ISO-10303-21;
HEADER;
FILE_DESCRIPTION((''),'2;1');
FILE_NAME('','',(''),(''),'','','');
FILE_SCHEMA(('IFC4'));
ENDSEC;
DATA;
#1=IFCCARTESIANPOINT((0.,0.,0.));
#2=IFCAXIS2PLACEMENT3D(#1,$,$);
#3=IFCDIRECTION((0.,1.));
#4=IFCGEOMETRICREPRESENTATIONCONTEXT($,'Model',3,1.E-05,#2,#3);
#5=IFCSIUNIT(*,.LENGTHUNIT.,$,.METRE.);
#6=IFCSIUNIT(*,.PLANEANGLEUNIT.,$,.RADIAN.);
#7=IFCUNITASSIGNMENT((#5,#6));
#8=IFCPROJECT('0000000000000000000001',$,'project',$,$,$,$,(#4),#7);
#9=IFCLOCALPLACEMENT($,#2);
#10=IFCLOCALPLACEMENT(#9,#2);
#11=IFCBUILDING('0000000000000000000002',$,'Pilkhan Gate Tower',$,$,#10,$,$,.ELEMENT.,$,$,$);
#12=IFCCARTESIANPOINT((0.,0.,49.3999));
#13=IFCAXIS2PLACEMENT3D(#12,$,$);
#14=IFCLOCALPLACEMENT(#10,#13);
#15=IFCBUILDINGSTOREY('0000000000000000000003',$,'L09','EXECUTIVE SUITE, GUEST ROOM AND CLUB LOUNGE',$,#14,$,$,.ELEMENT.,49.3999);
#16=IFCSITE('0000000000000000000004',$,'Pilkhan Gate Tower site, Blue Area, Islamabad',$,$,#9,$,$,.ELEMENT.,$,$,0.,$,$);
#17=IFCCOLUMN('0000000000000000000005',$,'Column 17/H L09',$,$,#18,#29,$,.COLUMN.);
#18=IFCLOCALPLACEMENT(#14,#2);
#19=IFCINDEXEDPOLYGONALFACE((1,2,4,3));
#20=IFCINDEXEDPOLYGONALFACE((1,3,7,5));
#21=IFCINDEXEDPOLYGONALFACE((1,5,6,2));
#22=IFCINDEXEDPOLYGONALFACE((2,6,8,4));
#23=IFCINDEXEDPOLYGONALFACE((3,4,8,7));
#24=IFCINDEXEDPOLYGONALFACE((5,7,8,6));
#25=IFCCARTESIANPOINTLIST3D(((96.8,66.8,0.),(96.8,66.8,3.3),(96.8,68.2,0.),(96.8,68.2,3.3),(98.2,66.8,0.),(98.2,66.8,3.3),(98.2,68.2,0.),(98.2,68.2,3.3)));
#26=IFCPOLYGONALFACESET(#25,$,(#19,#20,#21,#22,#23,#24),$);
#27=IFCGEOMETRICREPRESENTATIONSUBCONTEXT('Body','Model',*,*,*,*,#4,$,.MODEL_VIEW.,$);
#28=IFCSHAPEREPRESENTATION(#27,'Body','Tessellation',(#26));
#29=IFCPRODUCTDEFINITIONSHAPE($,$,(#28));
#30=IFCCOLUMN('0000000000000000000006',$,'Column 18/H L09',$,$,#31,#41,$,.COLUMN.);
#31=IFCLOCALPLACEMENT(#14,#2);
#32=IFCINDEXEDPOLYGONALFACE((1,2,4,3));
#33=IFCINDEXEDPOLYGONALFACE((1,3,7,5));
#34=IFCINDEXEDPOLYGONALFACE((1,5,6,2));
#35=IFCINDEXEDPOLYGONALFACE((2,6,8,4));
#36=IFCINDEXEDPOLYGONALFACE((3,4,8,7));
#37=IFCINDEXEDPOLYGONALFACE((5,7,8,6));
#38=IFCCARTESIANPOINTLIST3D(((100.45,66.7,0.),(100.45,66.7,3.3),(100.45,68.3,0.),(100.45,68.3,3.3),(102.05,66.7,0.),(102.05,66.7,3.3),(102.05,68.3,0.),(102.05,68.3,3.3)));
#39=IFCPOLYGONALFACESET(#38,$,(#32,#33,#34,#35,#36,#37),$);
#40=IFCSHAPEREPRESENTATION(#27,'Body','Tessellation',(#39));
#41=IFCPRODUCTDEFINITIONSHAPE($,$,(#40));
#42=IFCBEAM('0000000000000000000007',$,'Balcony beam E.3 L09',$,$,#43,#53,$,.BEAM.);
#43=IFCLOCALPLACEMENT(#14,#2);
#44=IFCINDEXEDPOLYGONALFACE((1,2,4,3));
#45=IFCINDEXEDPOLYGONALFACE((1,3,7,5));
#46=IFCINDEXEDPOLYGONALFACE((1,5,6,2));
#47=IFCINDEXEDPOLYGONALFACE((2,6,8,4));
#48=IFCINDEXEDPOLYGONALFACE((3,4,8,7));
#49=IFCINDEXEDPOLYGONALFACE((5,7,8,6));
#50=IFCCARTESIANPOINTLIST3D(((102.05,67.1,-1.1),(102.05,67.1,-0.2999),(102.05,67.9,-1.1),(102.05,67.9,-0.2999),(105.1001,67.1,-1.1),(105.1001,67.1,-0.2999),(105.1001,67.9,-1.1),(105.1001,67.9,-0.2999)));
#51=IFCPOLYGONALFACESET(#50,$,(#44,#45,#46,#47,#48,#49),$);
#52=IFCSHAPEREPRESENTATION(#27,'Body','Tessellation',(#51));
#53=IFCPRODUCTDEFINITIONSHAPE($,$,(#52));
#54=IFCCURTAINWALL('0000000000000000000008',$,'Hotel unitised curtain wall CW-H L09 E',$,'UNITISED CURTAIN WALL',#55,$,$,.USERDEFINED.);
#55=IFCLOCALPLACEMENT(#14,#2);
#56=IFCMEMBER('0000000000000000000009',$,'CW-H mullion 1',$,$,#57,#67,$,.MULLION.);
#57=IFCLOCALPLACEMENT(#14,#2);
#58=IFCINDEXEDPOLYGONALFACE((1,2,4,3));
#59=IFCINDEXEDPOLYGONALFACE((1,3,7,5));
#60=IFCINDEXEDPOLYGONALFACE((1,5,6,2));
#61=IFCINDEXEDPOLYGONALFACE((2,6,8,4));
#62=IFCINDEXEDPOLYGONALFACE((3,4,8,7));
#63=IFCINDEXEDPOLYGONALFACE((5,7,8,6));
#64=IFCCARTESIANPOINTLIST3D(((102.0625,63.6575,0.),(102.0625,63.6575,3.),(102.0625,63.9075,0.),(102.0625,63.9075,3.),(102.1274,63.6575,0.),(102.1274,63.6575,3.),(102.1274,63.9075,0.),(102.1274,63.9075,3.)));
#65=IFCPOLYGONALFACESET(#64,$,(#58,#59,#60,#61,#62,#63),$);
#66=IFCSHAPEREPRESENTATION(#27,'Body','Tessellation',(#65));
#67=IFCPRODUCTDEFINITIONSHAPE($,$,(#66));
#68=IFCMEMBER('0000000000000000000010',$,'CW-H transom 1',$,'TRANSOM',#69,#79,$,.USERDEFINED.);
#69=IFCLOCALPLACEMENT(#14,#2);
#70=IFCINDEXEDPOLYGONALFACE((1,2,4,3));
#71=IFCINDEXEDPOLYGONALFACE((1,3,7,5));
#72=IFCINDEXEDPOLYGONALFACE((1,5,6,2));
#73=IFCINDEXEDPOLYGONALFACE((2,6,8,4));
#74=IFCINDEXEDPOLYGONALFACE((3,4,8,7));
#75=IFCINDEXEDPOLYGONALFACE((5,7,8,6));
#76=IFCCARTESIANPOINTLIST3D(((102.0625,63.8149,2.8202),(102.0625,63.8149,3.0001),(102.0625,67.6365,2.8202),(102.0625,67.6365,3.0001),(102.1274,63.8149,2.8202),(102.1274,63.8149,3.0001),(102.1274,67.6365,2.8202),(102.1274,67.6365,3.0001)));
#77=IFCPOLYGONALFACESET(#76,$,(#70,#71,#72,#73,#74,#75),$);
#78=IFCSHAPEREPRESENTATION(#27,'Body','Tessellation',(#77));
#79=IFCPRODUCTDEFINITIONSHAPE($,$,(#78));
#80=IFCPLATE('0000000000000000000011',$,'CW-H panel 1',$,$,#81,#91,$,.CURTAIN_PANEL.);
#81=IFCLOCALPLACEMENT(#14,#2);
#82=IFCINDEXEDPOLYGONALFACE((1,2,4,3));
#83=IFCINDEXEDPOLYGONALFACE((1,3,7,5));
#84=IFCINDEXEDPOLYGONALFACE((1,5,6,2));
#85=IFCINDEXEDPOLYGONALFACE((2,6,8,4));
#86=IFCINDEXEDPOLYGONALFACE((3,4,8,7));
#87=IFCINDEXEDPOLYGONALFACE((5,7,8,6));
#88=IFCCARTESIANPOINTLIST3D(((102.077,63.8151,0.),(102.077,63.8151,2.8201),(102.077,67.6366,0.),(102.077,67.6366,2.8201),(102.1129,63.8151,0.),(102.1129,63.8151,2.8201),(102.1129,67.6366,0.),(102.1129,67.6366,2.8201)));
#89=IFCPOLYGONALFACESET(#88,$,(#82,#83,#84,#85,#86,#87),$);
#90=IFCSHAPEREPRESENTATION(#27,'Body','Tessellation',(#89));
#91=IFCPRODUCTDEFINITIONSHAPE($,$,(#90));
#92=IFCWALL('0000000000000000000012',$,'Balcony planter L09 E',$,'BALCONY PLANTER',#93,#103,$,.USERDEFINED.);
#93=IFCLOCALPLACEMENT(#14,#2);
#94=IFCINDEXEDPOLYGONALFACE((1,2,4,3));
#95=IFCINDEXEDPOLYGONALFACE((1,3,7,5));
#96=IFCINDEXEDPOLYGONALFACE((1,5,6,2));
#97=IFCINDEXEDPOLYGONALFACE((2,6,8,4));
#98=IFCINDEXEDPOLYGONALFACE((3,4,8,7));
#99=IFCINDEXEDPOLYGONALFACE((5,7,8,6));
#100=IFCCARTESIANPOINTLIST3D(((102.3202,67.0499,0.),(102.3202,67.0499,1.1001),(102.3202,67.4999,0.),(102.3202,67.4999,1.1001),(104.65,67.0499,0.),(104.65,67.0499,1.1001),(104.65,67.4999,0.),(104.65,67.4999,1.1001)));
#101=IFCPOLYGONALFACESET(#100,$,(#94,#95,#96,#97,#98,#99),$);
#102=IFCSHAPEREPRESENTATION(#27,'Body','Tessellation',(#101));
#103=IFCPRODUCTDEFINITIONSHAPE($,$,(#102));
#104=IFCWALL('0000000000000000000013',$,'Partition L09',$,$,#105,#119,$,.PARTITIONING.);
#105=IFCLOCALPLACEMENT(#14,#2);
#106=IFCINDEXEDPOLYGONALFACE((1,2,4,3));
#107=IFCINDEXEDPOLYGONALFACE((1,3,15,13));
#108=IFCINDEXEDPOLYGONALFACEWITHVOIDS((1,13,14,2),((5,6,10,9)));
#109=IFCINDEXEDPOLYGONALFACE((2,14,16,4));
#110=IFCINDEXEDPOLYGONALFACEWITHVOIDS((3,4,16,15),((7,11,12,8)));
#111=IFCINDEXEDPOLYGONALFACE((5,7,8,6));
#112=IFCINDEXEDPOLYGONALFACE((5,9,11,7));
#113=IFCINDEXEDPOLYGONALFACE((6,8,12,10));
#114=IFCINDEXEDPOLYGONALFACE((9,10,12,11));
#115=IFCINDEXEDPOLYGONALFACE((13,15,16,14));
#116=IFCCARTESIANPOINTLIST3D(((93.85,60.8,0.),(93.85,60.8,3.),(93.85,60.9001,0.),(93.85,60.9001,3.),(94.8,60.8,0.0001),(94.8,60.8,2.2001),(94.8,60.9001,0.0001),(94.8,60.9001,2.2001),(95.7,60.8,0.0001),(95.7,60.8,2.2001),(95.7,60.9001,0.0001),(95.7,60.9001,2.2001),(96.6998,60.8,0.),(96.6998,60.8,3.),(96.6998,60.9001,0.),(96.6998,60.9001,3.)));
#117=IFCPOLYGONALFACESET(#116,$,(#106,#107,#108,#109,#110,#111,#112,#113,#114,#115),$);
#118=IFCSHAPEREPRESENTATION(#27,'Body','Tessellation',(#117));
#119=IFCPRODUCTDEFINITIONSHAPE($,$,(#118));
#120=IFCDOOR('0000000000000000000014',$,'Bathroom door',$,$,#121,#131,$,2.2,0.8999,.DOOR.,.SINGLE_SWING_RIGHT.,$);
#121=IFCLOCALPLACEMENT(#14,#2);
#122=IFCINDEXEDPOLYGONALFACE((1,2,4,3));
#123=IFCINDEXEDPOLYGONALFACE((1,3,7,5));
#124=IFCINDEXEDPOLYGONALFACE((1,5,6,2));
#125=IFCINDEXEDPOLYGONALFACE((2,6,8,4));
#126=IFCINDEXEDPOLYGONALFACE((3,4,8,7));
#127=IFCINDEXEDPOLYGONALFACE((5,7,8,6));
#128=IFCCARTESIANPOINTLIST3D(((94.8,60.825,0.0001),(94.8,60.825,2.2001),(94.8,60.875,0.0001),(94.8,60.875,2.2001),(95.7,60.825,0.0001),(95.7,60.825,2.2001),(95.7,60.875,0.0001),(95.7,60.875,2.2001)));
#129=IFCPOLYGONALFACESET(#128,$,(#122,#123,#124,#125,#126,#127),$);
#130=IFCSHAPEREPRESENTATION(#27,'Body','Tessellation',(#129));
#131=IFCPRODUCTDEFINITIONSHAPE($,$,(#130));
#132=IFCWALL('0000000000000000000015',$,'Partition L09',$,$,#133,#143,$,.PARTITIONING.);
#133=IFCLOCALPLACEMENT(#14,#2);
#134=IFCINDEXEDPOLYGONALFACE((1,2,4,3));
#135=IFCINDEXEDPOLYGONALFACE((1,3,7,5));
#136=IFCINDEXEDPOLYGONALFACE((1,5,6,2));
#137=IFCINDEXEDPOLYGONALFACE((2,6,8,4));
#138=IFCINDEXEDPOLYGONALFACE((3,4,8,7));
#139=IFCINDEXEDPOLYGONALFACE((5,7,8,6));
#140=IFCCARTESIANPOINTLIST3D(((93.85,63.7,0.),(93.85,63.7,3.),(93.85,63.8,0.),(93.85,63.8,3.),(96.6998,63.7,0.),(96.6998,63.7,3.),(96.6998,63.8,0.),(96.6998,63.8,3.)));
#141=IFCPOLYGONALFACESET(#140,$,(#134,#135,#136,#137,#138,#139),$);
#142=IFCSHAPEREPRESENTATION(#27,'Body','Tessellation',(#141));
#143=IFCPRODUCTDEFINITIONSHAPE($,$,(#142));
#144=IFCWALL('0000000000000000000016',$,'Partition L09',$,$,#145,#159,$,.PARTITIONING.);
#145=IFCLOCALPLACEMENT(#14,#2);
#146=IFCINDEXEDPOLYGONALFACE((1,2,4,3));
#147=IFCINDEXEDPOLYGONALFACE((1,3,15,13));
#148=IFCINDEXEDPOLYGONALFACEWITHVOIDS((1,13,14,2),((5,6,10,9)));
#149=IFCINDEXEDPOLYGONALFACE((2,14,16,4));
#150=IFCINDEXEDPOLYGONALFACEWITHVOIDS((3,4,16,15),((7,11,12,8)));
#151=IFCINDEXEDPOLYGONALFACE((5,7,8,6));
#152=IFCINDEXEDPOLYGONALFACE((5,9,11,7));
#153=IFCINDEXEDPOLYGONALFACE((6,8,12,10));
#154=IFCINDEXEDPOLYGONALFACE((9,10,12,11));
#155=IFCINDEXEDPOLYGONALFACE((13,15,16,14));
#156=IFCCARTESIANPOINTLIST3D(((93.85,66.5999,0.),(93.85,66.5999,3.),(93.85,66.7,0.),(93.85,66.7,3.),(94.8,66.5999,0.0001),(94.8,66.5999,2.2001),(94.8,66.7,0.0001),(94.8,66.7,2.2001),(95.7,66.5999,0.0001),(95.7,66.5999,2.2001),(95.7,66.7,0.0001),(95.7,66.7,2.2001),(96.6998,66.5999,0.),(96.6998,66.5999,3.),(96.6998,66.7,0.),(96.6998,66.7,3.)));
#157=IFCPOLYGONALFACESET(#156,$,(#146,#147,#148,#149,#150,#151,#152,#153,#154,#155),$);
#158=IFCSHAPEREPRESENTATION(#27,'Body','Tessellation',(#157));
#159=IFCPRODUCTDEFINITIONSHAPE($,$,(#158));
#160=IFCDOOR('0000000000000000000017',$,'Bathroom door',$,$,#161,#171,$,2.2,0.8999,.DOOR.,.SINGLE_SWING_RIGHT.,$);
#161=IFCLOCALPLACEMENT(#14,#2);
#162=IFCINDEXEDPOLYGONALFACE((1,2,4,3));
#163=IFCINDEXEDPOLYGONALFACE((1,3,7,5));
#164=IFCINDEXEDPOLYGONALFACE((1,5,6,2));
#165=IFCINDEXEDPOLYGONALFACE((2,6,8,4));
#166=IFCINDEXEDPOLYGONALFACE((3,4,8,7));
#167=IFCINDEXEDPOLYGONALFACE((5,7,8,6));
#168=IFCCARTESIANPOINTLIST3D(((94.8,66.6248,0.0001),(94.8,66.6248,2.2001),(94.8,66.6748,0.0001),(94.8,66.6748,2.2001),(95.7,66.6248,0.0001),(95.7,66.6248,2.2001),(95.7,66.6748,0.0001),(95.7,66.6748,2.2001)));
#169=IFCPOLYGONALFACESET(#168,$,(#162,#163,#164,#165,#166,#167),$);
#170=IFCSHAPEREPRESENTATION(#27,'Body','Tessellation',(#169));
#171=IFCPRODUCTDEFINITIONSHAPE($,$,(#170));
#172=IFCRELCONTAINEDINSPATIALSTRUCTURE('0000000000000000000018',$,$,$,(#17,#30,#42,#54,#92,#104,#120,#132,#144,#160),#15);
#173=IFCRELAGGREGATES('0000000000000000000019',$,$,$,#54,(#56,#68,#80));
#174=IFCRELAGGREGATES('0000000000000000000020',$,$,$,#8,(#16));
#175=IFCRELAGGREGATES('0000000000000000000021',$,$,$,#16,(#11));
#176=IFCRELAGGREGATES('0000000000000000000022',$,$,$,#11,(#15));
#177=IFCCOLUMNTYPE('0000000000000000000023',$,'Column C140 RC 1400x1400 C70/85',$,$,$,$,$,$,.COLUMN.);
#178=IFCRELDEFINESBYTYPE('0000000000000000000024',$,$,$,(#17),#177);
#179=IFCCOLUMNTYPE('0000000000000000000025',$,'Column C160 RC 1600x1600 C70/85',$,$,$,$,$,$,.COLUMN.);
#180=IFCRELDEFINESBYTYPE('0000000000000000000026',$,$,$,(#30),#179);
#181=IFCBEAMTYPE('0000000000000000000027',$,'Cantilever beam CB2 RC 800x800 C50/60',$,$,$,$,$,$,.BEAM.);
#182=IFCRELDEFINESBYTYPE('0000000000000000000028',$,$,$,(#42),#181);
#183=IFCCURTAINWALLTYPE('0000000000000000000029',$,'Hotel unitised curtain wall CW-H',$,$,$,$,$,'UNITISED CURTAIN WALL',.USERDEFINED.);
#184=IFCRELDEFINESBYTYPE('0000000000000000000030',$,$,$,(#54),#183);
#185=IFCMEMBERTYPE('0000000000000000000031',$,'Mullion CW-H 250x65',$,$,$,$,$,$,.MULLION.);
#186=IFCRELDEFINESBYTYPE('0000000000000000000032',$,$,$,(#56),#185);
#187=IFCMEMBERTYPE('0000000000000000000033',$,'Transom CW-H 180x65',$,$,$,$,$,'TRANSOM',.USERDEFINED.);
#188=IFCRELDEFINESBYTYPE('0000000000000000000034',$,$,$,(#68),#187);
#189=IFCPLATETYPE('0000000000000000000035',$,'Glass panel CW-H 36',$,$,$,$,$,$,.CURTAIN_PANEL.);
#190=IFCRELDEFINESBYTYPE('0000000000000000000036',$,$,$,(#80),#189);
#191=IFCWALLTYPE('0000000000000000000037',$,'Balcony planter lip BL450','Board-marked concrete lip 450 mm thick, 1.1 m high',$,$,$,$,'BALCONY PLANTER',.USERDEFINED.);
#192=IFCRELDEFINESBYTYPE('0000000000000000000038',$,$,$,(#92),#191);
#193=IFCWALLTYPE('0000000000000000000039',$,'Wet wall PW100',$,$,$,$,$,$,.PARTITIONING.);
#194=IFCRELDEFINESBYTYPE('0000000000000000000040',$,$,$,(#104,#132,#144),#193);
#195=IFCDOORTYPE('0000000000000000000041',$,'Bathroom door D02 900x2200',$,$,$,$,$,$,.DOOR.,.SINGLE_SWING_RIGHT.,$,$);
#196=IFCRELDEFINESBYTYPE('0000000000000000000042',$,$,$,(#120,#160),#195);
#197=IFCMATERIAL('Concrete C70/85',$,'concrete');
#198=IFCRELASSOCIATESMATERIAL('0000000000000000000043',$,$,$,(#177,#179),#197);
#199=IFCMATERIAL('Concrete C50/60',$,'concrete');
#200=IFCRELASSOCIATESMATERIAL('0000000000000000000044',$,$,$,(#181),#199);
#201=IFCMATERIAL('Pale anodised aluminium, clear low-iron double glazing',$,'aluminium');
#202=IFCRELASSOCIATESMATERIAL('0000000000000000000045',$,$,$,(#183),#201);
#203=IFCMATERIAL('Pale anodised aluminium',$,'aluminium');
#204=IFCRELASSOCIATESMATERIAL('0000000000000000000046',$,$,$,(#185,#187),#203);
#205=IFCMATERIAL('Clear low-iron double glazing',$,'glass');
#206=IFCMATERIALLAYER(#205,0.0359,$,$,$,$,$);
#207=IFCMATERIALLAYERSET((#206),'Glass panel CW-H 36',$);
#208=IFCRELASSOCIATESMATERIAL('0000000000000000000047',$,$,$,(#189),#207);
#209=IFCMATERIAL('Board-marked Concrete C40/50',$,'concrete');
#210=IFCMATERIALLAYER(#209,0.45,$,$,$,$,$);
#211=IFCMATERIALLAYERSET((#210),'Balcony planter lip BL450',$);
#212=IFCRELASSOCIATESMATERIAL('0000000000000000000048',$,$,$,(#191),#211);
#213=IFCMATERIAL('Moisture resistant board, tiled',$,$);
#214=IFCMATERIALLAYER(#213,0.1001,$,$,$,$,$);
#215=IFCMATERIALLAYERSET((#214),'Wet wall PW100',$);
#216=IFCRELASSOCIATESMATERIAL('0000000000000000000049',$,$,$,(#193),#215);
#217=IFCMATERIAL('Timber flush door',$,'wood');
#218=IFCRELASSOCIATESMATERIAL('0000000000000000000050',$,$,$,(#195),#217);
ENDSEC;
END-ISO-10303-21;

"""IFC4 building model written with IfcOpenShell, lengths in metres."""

from ifc_helpers import new_model, si_unit, direction, frame, frame_2d, origin, origin_2d, place, context, subcontext, project, spatial, rectangle, extrude, material, layer, layer_set, material_profile, profile_set, type_object, element, fill, aggregate, save


model = new_model("IFC4")

# Units and contexts
model_context = context("Model", 3, precision=1e-05, world=origin(), true_north=direction((0.0, 1.0)))
body_context = subcontext(model_context, "Body", "Model", "MODEL_VIEW")
ifc_project = project(units=[si_unit("LENGTHUNIT", "METRE"), si_unit("PLANEANGLEUNIT", "RADIAN")], contexts=[model_context])

# Site, building, storey
site_placement = place(None, origin())
site = spatial("IfcSite", under=ifc_project, at=site_placement, Name="Pilkhan Gate Tower site, Blue Area, Islamabad", CompositionType="ELEMENT", RefElevation=0.0)
building_placement = place(site_placement, origin())
building = spatial("IfcBuilding", under=site, at=building_placement, Name="Pilkhan Gate Tower", CompositionType="ELEMENT")
storey_placement = place(building_placement, frame((0.0, 0.0, 49.3999)))
storey = spatial("IfcBuildingStorey", under=building, at=storey_placement, Name="L09", Description="EXECUTIVE SUITE, GUEST ROOM AND CLUB LOUNGE", CompositionType="ELEMENT", Elevation=49.3999)

# Columns
ifc_material_1 = material(Name="Concrete C70/85", Category="concrete")
ifc_material_profile_1 = material_profile(ifc_material_1, rectangle(XDim=1.3999, YDim=1.3999, at=origin_2d()), Name="RC 1400x1400")
ifc_profile_set_1 = profile_set([ifc_material_profile_1], Name="Concrete C70/85")
column_type_1 = type_object("IfcColumnType", Name="Column C140 RC 1400x1400 C70/85", PredefinedType="COLUMN", material=ifc_profile_set_1)
column_1_placement = place(storey_placement, frame((97.5, 67.5, 0.0), z_axis=(0.0, 0.0, 1.0), x_axis=(1.0, 0.0, 0.0)))
element("IfcColumn", 1, at=column_1_placement, inside=storey, type_object=column_type_1, Name="Column 17/H L09", PredefinedType="COLUMN", context=body_context, shape_type="SweptSolid", body=[
    extrude(rectangle(XDim=1.3999, YDim=1.3999, at=origin_2d()), origin(), (0.0, 0.0, 1.0), 3.3),
])
ifc_material_profile_2 = material_profile(ifc_material_1, rectangle(XDim=1.6001, YDim=1.6001, at=origin_2d()), Name="RC 1600x1600")
ifc_profile_set_2 = profile_set([ifc_material_profile_2], Name="Concrete C70/85")
column_type_2 = type_object("IfcColumnType", Name="Column C160 RC 1600x1600 C70/85", PredefinedType="COLUMN", material=ifc_profile_set_2)
column_2_placement = place(storey_placement, frame((101.25, 67.5, 0.0), z_axis=(0.0, 0.0, 1.0), x_axis=(1.0, 0.0, 0.0)))
element("IfcColumn", 2, at=column_2_placement, inside=storey, type_object=column_type_2, Name="Column 18/H L09", PredefinedType="COLUMN", context=body_context, shape_type="SweptSolid", body=[
    extrude(rectangle(XDim=1.6001, YDim=1.6001, at=origin_2d()), origin(), (0.0, 0.0, 1.0), 3.3),
])

# Beam
ifc_material_2 = material(Name="Concrete C50/60", Category="concrete")
ifc_material_profile_3 = material_profile(ifc_material_2, rectangle(XDim=0.8, YDim=0.8, at=origin_2d()), Name="RC 800x800")
ifc_profile_set_3 = profile_set([ifc_material_profile_3], Name="Concrete C50/60")
beam_type = type_object("IfcBeamType", Name="Cantilever beam CB2 RC 800x800 C50/60", PredefinedType="BEAM", material=ifc_profile_set_3)
beam_placement = place(storey_placement, frame((102.05, 67.5, -0.7), z_axis=(1.0, 0.0, 0.0), x_axis=(0.0, 1.0, 0.0)))
element("IfcBeam", 3, at=beam_placement, inside=storey, type_object=beam_type, Name="Balcony beam E.3 L09", PredefinedType="BEAM", context=body_context, shape_type="SweptSolid", body=[
    extrude(rectangle(XDim=0.8, YDim=0.8, at=origin_2d()), origin(), (0.0, 0.0, 1.0), 3.05),
])

# Curtain wall, members, plate
ifc_material_3 = material(Name="Pale anodised aluminium, clear low-iron double glazing", Category="aluminium")
curtain_wall_type = type_object("IfcCurtainWallType", Name="Hotel unitised curtain wall CW-H", ElementType="UNITISED CURTAIN WALL", PredefinedType="USERDEFINED", material=ifc_material_3)
curtain_wall_placement = place(storey_placement, origin())
curtain_wall = element("IfcCurtainWall", 4, at=curtain_wall_placement, inside=storey, type_object=curtain_wall_type, Name="Hotel unitised curtain wall CW-H L09 E", ObjectType="UNITISED CURTAIN WALL", PredefinedType="USERDEFINED")
ifc_material_4 = material(Name="Pale anodised aluminium", Category="aluminium")
ifc_material_profile_4 = material_profile(ifc_material_4, rectangle(XDim=0.0649, YDim=0.25, at=origin_2d()), Name="Mullion 250x65")
ifc_profile_set_4 = profile_set([ifc_material_profile_4], Name="Pale anodised aluminium")
member_type_1 = type_object("IfcMemberType", Name="Mullion CW-H 250x65", PredefinedType="MULLION", material=ifc_profile_set_4)
member_1_placement = place(storey_placement, frame((102.095, 63.7825, 0.0), z_axis=(0.0, 0.0, 1.0), x_axis=(-1.0, 0.0, 0.0)))
member_1 = element("IfcMember", 5, at=member_1_placement, type_object=member_type_1, Name="CW-H mullion 1", PredefinedType="MULLION", context=body_context, shape_type="SweptSolid", body=[
    extrude(rectangle(XDim=0.0649, YDim=0.25, at=origin_2d()), origin(), (0.0, 0.0, 1.0), 3.0),
])
ifc_material_profile_5 = material_profile(ifc_material_4, rectangle(XDim=0.0649, YDim=0.1799, at=origin_2d()), Name="Transom 180x65")
ifc_profile_set_5 = profile_set([ifc_material_profile_5], Name="Pale anodised aluminium")
member_type_2 = type_object("IfcMemberType", Name="Transom CW-H 180x65", ElementType="TRANSOM", PredefinedType="USERDEFINED", material=ifc_profile_set_5)
member_2_placement = place(storey_placement, frame((102.095, 63.8149, 2.9102), z_axis=(0.0, 1.0, 0.0), x_axis=(-1.0, 0.0, 0.0)))
member_2 = element("IfcMember", 6, at=member_2_placement, type_object=member_type_2, Name="CW-H transom 1", ObjectType="TRANSOM", PredefinedType="USERDEFINED", context=body_context, shape_type="SweptSolid", body=[
    extrude(rectangle(XDim=0.0649, YDim=0.1799, at=origin_2d()), origin(), (0.0, 0.0, 1.0), 3.8215),
])
ifc_material_5 = material(Name="Clear low-iron double glazing", Category="glass")
ifc_layer_1 = layer(ifc_material_5, 0.0359)
ifc_layer_set_1 = layer_set([ifc_layer_1], Name="Glass panel CW-H 36")
plate_type = type_object("IfcPlateType", Name="Glass panel CW-H 36", PredefinedType="CURTAIN_PANEL", material=ifc_layer_set_1)
plate_placement = place(storey_placement, frame((102.095, 65.7258, 0.0), z_axis=(0.0, 0.0, 1.0), x_axis=(0.0, 1.0, 0.0)))
plate = element("IfcPlate", 7, at=plate_placement, type_object=plate_type, Name="CW-H panel 1", PredefinedType="CURTAIN_PANEL", context=body_context, shape_type="SweptSolid", body=[
    extrude(rectangle(XDim=3.8215, YDim=0.0359, at=origin_2d()), origin(), (0.0, 0.0, 1.0), 2.8201),
])
aggregate(curtain_wall, [member_1, member_2, plate])

# Wall
ifc_material_6 = material(Name="Board-marked Concrete C40/50", Category="concrete")
ifc_layer_2 = layer(ifc_material_6, 0.45)
ifc_layer_set_2 = layer_set([ifc_layer_2], Name="Balcony planter lip BL450")
wall_type_1 = type_object("IfcWallType", Name="Balcony planter lip BL450", Description="Board-marked concrete lip 450 mm thick, 1.1 m high", ElementType="BALCONY PLANTER", PredefinedType="USERDEFINED", material=ifc_layer_set_2)
wall_1_placement = place(storey_placement, frame((102.3201, 67.2749, 0.0), z_axis=(0.0, 0.0, 1.0), x_axis=(1.0, 0.0, 0.0)))
element("IfcWall", 8, at=wall_1_placement, inside=storey, type_object=wall_type_1, Name="Balcony planter L09 E", ObjectType="BALCONY PLANTER", PredefinedType="USERDEFINED", context=body_context, shape_type="SweptSolid", body=[
    extrude(rectangle(XDim=2.3298, YDim=0.45, at=frame_2d((1.165, 0.0))), origin(), (0.0, 0.0, 1.0), 1.1001),
])

# Wall, opening, door
ifc_material_7 = material(Name="Moisture resistant board, tiled")
ifc_layer_3 = layer(ifc_material_7, 0.1001)
ifc_layer_set_3 = layer_set([ifc_layer_3], Name="Wet wall PW100")
wall_type_2 = type_object("IfcWallType", Name="Wet wall PW100", PredefinedType="PARTITIONING", material=ifc_layer_set_3)
wall_2_placement = place(storey_placement, frame((93.8501, 60.8501, 0.0), z_axis=(0.0, 0.0, 1.0), x_axis=(1.0, 0.0, 0.0)))
wall_2 = element("IfcWall", 9, at=wall_2_placement, inside=storey, type_object=wall_type_2, Name="Partition L09", PredefinedType="PARTITIONING", context=body_context, shape_type="SweptSolid", body=[
    extrude(rectangle(XDim=2.8499, YDim=0.1001, at=frame_2d((1.4248, 0.0))), origin(), (0.0, 0.0, 1.0), 3.0),
])
opening_1_placement = place(wall_2_placement, frame((0.95, 0.0, 0.0)))
opening_1 = element("IfcOpeningElement", 10, at=opening_1_placement, cuts=wall_2, PredefinedType="OPENING", context=body_context, shape_type="SweptSolid", body=[
    extrude(rectangle(XDim=0.8999, YDim=2.2, at=frame_2d((0.45, 1.1001))), frame((0.0, 0.0601, 0.0), z_axis=(0.0, -1.0, 0.0), x_axis=(1.0, 0.0, 0.0)), (0.0, 0.0, 1.0), 0.1201),
])
ifc_material_8 = material(Name="Timber flush door", Category="wood")
door_type = type_object("IfcDoorType", Name="Bathroom door D02 900x2200", OperationType="SINGLE_SWING_RIGHT", PredefinedType="DOOR", material=ifc_material_8)
door_1_placement = place(opening_1_placement, origin())
door_1 = element("IfcDoor", 11, at=door_1_placement, inside=storey, type_object=door_type, Name="Bathroom door", OperationType="SINGLE_SWING_RIGHT", OverallHeight=2.2, OverallWidth=0.8999, PredefinedType="DOOR", context=body_context, shape_type="SweptSolid", body=[
    extrude(rectangle(XDim=0.8999, YDim=2.2, at=frame_2d((0.45, 1.1001))), frame((0.0, 0.0249, 0.0), z_axis=(0.0, -1.0, 0.0), x_axis=(1.0, 0.0, 0.0)), (0.0, 0.0, 1.0), 0.05),
])
fill(opening_1, door_1)

# Wall
wall_3_placement = place(storey_placement, frame((93.8501, 63.75, 0.0), z_axis=(0.0, 0.0, 1.0), x_axis=(1.0, 0.0, 0.0)))
element("IfcWall", 12, at=wall_3_placement, inside=storey, type_object=wall_type_2, Name="Partition L09", PredefinedType="PARTITIONING", context=body_context, shape_type="SweptSolid", body=[
    extrude(rectangle(XDim=2.8499, YDim=0.1001, at=frame_2d((1.4248, 0.0))), origin(), (0.0, 0.0, 1.0), 3.0),
])

# Wall, opening, door
wall_4_placement = place(storey_placement, frame((93.8501, 66.6499, 0.0), z_axis=(0.0, 0.0, 1.0), x_axis=(1.0, 0.0, 0.0)))
wall_4 = element("IfcWall", 13, at=wall_4_placement, inside=storey, type_object=wall_type_2, Name="Partition L09", PredefinedType="PARTITIONING", context=body_context, shape_type="SweptSolid", body=[
    extrude(rectangle(XDim=2.8499, YDim=0.1001, at=frame_2d((1.4248, 0.0))), origin(), (0.0, 0.0, 1.0), 3.0),
])
opening_2_placement = place(wall_4_placement, frame((0.95, 0.0, 0.0)))
opening_2 = element("IfcOpeningElement", 14, at=opening_2_placement, cuts=wall_4, PredefinedType="OPENING", context=body_context, shape_type="SweptSolid", body=[
    extrude(rectangle(XDim=0.8999, YDim=2.2, at=frame_2d((0.45, 1.1001))), frame((0.0, 0.0601, 0.0), z_axis=(0.0, -1.0, 0.0), x_axis=(1.0, 0.0, 0.0)), (0.0, 0.0, 1.0), 0.1201),
])
door_2_placement = place(opening_2_placement, origin())
door_2 = element("IfcDoor", 15, at=door_2_placement, inside=storey, type_object=door_type, Name="Bathroom door", OperationType="SINGLE_SWING_RIGHT", OverallHeight=2.2, OverallWidth=0.8999, PredefinedType="DOOR", context=body_context, shape_type="SweptSolid", body=[
    extrude(rectangle(XDim=0.8999, YDim=2.2, at=frame_2d((0.45, 1.1001))), frame((0.0, 0.0249, 0.0), z_axis=(0.0, -1.0, 0.0), x_axis=(1.0, 0.0, 0.0)), (0.0, 0.0, 1.0), 0.05),
])
fill(opening_2, door_2)

save(model, "model.ifc")
